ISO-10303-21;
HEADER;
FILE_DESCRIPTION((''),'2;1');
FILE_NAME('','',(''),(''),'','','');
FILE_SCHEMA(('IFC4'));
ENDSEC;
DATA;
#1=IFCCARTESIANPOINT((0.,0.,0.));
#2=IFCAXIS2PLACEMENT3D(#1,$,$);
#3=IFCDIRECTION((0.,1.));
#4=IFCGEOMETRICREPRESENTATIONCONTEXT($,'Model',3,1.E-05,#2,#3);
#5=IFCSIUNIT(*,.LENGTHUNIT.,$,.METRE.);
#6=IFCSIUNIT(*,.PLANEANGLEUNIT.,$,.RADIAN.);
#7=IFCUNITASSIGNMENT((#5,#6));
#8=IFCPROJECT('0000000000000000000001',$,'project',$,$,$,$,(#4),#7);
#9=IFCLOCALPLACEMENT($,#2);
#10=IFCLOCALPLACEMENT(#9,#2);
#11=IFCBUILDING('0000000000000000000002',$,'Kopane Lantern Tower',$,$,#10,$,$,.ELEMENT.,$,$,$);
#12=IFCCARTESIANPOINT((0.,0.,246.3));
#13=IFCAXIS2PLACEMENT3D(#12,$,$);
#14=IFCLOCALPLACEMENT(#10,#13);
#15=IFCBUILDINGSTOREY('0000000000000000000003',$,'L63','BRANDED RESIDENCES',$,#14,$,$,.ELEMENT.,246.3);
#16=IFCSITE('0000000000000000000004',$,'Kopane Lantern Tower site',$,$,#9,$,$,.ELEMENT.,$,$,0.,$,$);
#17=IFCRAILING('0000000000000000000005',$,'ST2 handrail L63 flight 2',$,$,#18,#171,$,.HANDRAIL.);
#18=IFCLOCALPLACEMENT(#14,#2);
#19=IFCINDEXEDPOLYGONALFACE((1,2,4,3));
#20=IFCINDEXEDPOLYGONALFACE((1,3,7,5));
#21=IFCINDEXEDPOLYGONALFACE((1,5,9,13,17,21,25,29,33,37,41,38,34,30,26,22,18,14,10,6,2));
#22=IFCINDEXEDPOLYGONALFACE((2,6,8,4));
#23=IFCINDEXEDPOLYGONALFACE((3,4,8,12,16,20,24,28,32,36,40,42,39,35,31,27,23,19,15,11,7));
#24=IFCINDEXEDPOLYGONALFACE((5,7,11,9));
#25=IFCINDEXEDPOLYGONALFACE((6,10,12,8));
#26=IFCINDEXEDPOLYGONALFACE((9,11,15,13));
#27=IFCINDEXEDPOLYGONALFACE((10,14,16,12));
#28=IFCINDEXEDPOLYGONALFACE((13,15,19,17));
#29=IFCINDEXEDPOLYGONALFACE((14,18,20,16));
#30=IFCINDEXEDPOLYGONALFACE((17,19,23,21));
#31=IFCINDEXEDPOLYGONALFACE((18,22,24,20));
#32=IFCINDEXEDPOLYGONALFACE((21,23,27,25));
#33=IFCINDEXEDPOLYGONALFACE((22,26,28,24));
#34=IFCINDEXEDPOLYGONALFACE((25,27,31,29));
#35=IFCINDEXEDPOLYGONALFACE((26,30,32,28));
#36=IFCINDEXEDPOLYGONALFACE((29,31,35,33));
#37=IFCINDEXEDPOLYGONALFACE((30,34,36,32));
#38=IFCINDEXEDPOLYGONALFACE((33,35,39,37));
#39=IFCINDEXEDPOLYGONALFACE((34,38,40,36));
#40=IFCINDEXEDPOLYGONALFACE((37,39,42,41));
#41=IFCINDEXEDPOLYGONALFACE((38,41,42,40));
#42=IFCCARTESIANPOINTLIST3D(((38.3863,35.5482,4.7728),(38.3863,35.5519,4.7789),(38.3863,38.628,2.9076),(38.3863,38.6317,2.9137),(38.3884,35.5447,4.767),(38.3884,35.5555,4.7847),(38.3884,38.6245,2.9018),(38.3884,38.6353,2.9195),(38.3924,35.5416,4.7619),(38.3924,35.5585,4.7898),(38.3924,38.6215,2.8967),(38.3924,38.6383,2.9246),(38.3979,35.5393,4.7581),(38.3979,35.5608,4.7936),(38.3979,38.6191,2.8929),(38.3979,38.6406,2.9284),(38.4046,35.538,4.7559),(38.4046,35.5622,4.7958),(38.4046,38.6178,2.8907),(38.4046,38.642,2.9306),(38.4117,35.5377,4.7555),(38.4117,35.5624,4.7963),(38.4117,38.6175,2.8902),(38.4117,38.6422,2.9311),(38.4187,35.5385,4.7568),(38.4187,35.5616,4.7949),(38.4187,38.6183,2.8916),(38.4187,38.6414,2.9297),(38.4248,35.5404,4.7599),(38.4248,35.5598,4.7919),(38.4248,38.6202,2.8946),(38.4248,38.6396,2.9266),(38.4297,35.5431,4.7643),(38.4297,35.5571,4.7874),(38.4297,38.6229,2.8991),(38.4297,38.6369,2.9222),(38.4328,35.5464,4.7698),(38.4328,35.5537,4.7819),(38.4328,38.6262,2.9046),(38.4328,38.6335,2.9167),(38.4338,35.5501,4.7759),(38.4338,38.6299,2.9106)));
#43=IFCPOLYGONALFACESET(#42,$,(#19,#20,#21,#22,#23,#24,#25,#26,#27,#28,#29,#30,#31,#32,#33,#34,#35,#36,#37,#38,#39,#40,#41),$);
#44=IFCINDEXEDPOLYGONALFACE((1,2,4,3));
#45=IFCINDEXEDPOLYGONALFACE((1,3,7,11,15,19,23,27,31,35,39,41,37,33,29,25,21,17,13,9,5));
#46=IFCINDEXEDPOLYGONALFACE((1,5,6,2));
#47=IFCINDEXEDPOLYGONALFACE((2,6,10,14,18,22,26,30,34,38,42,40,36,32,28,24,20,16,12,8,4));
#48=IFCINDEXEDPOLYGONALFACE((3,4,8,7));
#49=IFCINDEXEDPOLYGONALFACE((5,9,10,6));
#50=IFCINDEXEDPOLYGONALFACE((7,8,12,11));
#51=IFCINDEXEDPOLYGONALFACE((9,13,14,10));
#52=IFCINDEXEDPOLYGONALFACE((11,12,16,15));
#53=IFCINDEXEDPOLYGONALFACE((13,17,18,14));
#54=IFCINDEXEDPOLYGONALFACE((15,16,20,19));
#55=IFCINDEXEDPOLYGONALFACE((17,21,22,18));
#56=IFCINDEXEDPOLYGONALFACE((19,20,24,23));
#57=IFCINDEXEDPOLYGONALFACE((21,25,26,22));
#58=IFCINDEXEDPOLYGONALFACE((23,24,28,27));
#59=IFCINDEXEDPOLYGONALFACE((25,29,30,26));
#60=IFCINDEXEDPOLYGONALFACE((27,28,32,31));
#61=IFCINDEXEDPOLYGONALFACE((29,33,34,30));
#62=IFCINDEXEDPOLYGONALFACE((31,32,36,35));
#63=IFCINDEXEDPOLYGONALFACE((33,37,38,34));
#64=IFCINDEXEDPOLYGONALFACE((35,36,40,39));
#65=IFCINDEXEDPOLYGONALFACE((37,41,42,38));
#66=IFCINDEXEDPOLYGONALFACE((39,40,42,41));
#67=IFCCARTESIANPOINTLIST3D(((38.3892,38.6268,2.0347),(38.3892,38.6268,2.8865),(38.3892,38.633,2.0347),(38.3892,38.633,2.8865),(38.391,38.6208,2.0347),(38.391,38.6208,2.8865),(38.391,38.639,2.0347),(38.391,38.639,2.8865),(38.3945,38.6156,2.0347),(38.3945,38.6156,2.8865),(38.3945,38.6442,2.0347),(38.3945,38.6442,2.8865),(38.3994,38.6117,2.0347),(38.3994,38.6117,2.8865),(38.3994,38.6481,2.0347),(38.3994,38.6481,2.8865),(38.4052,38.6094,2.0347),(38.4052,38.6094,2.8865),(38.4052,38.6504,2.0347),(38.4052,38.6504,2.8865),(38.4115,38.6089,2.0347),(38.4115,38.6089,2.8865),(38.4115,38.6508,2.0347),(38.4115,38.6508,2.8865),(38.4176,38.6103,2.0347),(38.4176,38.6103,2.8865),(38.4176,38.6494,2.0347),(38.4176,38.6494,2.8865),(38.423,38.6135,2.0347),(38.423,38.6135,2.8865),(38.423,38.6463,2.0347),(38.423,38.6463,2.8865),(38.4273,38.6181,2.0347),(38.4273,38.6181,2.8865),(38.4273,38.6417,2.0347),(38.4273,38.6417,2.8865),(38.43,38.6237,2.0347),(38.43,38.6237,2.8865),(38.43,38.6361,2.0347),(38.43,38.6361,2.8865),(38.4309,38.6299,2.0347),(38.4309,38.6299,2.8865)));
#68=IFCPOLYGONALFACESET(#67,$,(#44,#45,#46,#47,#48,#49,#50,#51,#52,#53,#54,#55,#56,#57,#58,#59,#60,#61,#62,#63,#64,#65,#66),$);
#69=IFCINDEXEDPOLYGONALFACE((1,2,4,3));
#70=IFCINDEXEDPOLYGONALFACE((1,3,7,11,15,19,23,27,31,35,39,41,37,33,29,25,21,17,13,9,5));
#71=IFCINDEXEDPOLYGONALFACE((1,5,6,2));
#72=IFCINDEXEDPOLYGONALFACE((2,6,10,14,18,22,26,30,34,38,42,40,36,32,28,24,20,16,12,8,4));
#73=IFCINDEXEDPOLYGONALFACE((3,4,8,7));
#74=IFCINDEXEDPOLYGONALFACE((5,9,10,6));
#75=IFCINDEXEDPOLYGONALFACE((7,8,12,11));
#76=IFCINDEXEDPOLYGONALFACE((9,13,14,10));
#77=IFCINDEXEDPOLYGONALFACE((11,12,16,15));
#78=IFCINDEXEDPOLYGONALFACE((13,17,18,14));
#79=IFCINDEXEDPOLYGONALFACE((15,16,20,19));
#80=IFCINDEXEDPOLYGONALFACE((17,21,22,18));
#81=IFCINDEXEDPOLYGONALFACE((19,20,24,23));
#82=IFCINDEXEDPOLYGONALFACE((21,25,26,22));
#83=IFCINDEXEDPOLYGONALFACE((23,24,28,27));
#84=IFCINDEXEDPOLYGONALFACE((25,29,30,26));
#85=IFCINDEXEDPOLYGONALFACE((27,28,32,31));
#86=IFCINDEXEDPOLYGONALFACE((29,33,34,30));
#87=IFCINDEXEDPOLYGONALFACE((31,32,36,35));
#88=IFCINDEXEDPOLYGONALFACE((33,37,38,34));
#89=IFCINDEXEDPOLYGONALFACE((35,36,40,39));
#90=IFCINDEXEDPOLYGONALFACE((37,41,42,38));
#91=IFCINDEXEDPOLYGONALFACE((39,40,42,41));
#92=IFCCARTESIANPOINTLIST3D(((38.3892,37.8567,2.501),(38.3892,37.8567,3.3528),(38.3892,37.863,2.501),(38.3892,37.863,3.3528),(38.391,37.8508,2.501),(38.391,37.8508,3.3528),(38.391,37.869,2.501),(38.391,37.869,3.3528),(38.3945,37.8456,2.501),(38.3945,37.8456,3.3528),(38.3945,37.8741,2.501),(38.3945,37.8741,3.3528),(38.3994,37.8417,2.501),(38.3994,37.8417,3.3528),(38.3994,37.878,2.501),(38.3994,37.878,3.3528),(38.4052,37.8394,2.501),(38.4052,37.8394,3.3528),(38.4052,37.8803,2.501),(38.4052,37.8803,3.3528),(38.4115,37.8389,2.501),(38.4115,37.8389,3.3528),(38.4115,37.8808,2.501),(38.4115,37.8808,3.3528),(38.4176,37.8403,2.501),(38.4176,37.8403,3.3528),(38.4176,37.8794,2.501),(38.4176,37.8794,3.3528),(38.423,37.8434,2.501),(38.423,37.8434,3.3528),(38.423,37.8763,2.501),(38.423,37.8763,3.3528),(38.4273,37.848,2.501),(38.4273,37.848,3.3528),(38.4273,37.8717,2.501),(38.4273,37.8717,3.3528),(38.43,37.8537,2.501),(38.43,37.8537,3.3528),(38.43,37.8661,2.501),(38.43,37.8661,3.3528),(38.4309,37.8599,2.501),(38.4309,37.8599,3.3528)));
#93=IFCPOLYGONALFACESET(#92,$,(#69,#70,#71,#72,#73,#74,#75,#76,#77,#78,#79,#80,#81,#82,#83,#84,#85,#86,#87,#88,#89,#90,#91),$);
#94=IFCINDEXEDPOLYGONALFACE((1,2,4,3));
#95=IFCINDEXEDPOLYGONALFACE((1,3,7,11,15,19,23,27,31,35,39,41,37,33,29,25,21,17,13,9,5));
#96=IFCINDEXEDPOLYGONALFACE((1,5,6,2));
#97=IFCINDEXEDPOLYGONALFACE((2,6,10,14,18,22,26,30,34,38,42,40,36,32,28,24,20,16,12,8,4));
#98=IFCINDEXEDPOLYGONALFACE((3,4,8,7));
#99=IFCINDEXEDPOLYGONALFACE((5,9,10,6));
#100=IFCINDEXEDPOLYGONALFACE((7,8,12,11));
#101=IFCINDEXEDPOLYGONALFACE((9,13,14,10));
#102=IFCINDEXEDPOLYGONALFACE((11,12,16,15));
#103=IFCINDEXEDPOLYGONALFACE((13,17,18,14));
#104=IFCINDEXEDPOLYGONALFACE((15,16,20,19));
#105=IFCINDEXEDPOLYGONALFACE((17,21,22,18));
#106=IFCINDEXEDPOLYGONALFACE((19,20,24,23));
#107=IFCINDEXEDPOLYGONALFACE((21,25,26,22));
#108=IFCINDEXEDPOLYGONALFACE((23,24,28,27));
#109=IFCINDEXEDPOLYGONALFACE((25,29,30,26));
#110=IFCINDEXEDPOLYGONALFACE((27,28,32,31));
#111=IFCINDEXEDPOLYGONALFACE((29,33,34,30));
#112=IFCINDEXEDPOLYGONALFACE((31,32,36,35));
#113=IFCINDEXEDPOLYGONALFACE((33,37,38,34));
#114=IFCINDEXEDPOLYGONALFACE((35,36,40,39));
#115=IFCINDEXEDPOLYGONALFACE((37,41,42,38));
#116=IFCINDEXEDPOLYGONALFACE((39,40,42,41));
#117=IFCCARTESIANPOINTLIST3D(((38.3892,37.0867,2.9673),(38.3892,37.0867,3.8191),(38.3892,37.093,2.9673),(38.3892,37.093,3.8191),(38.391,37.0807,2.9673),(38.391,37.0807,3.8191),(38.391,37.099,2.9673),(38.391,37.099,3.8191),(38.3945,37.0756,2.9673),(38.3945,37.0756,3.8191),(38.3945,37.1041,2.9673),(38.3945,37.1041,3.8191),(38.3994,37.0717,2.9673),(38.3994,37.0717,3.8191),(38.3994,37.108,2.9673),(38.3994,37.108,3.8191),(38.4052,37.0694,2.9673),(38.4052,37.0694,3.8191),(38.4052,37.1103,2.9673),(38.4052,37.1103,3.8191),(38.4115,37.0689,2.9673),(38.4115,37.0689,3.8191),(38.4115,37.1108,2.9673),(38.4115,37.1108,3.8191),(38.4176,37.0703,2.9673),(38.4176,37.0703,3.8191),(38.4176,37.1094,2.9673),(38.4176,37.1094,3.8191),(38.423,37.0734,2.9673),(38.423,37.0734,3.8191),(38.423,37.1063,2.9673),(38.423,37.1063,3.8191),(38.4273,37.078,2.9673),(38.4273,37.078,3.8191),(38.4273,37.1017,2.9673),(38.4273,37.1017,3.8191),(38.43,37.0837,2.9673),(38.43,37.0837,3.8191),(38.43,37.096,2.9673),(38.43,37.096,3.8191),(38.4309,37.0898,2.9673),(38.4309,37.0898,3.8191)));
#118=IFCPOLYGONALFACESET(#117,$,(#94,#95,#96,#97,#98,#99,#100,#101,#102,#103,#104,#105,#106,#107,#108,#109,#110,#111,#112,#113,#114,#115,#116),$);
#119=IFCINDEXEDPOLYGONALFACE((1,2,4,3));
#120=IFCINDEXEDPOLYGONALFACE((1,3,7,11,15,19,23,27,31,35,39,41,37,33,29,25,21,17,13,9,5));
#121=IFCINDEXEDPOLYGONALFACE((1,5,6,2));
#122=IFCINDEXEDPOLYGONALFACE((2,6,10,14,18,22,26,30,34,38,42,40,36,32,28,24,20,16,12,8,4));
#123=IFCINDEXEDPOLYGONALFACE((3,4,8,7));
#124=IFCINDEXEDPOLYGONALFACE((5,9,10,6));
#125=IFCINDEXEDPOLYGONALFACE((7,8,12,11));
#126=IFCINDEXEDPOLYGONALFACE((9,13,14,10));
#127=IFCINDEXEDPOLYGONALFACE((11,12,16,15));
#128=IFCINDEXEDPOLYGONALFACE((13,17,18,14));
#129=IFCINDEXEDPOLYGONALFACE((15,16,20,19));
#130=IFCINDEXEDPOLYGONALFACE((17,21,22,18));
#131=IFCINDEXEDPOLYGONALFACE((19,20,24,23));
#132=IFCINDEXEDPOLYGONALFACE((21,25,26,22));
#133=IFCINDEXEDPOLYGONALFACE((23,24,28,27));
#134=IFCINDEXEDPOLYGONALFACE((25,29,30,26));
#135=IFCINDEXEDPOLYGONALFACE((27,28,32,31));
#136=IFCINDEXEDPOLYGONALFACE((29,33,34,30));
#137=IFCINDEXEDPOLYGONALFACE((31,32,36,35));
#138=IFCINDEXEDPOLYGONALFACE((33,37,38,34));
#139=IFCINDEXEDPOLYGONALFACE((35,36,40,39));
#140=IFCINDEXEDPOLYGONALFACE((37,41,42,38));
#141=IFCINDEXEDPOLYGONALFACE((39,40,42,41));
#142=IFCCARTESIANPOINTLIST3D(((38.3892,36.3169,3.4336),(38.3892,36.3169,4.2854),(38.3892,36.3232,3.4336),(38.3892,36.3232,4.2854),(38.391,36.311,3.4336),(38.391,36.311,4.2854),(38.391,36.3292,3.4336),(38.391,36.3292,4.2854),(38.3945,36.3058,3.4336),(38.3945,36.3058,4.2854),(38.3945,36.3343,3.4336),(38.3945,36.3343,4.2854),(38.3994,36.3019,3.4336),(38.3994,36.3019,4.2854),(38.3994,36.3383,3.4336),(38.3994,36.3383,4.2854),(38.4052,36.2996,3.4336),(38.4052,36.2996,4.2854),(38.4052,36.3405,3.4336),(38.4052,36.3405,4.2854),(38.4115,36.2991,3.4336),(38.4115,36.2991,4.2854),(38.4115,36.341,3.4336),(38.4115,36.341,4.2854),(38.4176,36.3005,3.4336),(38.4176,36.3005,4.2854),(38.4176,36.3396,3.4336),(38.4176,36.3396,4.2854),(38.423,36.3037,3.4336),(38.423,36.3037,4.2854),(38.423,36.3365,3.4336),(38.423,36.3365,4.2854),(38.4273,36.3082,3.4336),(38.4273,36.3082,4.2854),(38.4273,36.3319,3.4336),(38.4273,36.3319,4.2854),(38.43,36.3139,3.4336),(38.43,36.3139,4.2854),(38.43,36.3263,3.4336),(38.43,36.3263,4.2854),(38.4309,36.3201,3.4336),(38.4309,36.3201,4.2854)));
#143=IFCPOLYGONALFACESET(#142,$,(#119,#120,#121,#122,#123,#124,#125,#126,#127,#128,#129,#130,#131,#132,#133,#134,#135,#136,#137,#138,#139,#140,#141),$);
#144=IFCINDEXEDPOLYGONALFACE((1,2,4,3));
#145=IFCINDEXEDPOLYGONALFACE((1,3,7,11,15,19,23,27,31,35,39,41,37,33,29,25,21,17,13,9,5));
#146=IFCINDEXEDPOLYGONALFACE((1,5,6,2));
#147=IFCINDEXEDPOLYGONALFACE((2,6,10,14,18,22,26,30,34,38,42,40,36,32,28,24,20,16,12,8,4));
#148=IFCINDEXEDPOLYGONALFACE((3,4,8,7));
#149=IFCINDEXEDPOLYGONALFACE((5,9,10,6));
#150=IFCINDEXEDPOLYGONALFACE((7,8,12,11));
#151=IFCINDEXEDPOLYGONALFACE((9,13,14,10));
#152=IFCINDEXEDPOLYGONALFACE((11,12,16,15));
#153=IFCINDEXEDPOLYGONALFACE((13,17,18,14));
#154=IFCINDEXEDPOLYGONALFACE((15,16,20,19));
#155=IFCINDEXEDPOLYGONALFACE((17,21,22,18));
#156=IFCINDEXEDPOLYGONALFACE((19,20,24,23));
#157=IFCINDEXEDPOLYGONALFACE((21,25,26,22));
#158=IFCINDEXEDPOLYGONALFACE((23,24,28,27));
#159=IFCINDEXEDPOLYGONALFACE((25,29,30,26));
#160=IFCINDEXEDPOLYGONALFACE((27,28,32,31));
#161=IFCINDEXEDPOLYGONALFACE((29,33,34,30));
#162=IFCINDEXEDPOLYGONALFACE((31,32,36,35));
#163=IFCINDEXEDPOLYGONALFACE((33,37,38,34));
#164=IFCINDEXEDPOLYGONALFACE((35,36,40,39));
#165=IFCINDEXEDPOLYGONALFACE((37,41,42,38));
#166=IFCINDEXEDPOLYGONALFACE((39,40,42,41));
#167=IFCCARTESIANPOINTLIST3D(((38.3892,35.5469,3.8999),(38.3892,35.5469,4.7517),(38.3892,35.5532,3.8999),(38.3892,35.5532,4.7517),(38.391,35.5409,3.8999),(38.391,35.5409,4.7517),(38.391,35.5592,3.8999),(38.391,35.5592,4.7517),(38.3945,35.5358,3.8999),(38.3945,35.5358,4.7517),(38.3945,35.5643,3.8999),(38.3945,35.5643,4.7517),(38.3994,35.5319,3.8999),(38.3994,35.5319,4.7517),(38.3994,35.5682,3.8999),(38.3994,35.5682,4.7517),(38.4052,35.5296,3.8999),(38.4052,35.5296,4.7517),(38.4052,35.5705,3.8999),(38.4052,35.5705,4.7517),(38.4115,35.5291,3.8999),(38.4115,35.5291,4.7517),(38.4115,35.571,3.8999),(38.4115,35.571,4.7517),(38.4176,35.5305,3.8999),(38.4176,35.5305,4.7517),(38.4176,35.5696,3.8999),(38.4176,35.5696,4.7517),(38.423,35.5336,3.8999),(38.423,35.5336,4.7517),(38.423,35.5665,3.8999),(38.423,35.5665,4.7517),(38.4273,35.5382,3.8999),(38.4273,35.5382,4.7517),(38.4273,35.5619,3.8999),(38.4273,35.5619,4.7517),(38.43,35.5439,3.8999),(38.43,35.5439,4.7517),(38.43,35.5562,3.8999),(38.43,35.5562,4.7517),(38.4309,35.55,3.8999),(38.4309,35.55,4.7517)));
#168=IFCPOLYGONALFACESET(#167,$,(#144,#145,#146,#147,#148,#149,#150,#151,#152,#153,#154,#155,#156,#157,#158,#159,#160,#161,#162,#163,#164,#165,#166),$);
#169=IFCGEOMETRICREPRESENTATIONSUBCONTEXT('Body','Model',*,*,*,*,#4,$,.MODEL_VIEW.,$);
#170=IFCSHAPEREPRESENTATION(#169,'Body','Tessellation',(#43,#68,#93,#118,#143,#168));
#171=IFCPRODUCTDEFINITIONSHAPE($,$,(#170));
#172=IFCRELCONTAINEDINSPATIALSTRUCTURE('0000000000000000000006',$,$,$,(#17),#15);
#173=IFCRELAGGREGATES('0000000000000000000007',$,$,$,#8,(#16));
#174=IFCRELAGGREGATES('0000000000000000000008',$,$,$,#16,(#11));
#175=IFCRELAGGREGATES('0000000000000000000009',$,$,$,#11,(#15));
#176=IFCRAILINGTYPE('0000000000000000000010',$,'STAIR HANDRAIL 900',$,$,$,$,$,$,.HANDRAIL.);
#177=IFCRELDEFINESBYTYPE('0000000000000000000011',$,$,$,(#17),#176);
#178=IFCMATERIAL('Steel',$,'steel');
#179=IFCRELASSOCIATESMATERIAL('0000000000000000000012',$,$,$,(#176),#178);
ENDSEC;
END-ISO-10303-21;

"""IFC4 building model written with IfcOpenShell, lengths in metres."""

from ifc_helpers import new_model, si_unit, direction, frame, origin, origin_2d, place, context, subcontext, project, spatial, circle, extrude, material, type_object, element, save


model = new_model("IFC4")

# Units and contexts
model_context = context("Model", 3, precision=1e-05, world=origin(), true_north=direction((0.0, 1.0)))
body_context = subcontext(model_context, "Body", "Model", "MODEL_VIEW")
ifc_project = project(units=[si_unit("LENGTHUNIT", "METRE"), si_unit("PLANEANGLEUNIT", "RADIAN")], contexts=[model_context])

# Site, building, storey
site_placement = place(None, origin())
site = spatial("IfcSite", under=ifc_project, at=site_placement, Name="Kopane Lantern Tower site", CompositionType="ELEMENT", RefElevation=0.0)
building_placement = place(site_placement, origin())
building = spatial("IfcBuilding", under=site, at=building_placement, Name="Kopane Lantern Tower", CompositionType="ELEMENT")
storey_placement = place(building_placement, frame((0.0, 0.0, 246.3)))
storey = spatial("IfcBuildingStorey", under=building, at=storey_placement, Name="L63", Description="BRANDED RESIDENCES", CompositionType="ELEMENT", Elevation=246.3)

# Railing
ifc_material_1 = material(Name="Steel", Category="steel")
railing_type = type_object("IfcRailingType", Name="STAIR HANDRAIL 900", PredefinedType="HANDRAIL", material=ifc_material_1)
for number, where, name in (
    (1, (38.4099, 38.6299, 2.0347), "ST2 handrail L63 flight 2"),
):
    element("IfcRailing", number, at=place(storey_placement, frame(where)), inside=storey, type_object=railing_type, Name=name, PredefinedType="HANDRAIL", context=body_context, shape_type="SweptSolid", body=[
        extrude(circle(Radius=0.0239, at=origin_2d()), frame((0.0, 0.0, 0.876), z_axis=(0.0, -0.855362, 0.518031), x_axis=(1.0, 0.0, 0.0)), (0.0, 0.0, 1.0), 3.6006),
        extrude(circle(Radius=0.021, at=origin_2d()), origin(), (0.0, 0.0, 1.0), 0.8518),
        extrude(circle(Radius=0.021, at=origin_2d()), frame((0.0, -0.77, 0.4663)), (0.0, 0.0, 1.0), 0.8518),
        extrude(circle(Radius=0.021, at=origin_2d()), frame((0.0, -1.54, 0.9326)), (0.0, 0.0, 1.0), 0.8518),
        extrude(circle(Radius=0.021, at=origin_2d()), frame((0.0, -2.3098, 1.3989)), (0.0, 0.0, 1.0), 0.8518),
        extrude(circle(Radius=0.021, at=origin_2d()), frame((0.0, -3.0798, 1.8652)), (0.0, 0.0, 1.0), 0.8518),
    ])

save(model, "model.ifc")
